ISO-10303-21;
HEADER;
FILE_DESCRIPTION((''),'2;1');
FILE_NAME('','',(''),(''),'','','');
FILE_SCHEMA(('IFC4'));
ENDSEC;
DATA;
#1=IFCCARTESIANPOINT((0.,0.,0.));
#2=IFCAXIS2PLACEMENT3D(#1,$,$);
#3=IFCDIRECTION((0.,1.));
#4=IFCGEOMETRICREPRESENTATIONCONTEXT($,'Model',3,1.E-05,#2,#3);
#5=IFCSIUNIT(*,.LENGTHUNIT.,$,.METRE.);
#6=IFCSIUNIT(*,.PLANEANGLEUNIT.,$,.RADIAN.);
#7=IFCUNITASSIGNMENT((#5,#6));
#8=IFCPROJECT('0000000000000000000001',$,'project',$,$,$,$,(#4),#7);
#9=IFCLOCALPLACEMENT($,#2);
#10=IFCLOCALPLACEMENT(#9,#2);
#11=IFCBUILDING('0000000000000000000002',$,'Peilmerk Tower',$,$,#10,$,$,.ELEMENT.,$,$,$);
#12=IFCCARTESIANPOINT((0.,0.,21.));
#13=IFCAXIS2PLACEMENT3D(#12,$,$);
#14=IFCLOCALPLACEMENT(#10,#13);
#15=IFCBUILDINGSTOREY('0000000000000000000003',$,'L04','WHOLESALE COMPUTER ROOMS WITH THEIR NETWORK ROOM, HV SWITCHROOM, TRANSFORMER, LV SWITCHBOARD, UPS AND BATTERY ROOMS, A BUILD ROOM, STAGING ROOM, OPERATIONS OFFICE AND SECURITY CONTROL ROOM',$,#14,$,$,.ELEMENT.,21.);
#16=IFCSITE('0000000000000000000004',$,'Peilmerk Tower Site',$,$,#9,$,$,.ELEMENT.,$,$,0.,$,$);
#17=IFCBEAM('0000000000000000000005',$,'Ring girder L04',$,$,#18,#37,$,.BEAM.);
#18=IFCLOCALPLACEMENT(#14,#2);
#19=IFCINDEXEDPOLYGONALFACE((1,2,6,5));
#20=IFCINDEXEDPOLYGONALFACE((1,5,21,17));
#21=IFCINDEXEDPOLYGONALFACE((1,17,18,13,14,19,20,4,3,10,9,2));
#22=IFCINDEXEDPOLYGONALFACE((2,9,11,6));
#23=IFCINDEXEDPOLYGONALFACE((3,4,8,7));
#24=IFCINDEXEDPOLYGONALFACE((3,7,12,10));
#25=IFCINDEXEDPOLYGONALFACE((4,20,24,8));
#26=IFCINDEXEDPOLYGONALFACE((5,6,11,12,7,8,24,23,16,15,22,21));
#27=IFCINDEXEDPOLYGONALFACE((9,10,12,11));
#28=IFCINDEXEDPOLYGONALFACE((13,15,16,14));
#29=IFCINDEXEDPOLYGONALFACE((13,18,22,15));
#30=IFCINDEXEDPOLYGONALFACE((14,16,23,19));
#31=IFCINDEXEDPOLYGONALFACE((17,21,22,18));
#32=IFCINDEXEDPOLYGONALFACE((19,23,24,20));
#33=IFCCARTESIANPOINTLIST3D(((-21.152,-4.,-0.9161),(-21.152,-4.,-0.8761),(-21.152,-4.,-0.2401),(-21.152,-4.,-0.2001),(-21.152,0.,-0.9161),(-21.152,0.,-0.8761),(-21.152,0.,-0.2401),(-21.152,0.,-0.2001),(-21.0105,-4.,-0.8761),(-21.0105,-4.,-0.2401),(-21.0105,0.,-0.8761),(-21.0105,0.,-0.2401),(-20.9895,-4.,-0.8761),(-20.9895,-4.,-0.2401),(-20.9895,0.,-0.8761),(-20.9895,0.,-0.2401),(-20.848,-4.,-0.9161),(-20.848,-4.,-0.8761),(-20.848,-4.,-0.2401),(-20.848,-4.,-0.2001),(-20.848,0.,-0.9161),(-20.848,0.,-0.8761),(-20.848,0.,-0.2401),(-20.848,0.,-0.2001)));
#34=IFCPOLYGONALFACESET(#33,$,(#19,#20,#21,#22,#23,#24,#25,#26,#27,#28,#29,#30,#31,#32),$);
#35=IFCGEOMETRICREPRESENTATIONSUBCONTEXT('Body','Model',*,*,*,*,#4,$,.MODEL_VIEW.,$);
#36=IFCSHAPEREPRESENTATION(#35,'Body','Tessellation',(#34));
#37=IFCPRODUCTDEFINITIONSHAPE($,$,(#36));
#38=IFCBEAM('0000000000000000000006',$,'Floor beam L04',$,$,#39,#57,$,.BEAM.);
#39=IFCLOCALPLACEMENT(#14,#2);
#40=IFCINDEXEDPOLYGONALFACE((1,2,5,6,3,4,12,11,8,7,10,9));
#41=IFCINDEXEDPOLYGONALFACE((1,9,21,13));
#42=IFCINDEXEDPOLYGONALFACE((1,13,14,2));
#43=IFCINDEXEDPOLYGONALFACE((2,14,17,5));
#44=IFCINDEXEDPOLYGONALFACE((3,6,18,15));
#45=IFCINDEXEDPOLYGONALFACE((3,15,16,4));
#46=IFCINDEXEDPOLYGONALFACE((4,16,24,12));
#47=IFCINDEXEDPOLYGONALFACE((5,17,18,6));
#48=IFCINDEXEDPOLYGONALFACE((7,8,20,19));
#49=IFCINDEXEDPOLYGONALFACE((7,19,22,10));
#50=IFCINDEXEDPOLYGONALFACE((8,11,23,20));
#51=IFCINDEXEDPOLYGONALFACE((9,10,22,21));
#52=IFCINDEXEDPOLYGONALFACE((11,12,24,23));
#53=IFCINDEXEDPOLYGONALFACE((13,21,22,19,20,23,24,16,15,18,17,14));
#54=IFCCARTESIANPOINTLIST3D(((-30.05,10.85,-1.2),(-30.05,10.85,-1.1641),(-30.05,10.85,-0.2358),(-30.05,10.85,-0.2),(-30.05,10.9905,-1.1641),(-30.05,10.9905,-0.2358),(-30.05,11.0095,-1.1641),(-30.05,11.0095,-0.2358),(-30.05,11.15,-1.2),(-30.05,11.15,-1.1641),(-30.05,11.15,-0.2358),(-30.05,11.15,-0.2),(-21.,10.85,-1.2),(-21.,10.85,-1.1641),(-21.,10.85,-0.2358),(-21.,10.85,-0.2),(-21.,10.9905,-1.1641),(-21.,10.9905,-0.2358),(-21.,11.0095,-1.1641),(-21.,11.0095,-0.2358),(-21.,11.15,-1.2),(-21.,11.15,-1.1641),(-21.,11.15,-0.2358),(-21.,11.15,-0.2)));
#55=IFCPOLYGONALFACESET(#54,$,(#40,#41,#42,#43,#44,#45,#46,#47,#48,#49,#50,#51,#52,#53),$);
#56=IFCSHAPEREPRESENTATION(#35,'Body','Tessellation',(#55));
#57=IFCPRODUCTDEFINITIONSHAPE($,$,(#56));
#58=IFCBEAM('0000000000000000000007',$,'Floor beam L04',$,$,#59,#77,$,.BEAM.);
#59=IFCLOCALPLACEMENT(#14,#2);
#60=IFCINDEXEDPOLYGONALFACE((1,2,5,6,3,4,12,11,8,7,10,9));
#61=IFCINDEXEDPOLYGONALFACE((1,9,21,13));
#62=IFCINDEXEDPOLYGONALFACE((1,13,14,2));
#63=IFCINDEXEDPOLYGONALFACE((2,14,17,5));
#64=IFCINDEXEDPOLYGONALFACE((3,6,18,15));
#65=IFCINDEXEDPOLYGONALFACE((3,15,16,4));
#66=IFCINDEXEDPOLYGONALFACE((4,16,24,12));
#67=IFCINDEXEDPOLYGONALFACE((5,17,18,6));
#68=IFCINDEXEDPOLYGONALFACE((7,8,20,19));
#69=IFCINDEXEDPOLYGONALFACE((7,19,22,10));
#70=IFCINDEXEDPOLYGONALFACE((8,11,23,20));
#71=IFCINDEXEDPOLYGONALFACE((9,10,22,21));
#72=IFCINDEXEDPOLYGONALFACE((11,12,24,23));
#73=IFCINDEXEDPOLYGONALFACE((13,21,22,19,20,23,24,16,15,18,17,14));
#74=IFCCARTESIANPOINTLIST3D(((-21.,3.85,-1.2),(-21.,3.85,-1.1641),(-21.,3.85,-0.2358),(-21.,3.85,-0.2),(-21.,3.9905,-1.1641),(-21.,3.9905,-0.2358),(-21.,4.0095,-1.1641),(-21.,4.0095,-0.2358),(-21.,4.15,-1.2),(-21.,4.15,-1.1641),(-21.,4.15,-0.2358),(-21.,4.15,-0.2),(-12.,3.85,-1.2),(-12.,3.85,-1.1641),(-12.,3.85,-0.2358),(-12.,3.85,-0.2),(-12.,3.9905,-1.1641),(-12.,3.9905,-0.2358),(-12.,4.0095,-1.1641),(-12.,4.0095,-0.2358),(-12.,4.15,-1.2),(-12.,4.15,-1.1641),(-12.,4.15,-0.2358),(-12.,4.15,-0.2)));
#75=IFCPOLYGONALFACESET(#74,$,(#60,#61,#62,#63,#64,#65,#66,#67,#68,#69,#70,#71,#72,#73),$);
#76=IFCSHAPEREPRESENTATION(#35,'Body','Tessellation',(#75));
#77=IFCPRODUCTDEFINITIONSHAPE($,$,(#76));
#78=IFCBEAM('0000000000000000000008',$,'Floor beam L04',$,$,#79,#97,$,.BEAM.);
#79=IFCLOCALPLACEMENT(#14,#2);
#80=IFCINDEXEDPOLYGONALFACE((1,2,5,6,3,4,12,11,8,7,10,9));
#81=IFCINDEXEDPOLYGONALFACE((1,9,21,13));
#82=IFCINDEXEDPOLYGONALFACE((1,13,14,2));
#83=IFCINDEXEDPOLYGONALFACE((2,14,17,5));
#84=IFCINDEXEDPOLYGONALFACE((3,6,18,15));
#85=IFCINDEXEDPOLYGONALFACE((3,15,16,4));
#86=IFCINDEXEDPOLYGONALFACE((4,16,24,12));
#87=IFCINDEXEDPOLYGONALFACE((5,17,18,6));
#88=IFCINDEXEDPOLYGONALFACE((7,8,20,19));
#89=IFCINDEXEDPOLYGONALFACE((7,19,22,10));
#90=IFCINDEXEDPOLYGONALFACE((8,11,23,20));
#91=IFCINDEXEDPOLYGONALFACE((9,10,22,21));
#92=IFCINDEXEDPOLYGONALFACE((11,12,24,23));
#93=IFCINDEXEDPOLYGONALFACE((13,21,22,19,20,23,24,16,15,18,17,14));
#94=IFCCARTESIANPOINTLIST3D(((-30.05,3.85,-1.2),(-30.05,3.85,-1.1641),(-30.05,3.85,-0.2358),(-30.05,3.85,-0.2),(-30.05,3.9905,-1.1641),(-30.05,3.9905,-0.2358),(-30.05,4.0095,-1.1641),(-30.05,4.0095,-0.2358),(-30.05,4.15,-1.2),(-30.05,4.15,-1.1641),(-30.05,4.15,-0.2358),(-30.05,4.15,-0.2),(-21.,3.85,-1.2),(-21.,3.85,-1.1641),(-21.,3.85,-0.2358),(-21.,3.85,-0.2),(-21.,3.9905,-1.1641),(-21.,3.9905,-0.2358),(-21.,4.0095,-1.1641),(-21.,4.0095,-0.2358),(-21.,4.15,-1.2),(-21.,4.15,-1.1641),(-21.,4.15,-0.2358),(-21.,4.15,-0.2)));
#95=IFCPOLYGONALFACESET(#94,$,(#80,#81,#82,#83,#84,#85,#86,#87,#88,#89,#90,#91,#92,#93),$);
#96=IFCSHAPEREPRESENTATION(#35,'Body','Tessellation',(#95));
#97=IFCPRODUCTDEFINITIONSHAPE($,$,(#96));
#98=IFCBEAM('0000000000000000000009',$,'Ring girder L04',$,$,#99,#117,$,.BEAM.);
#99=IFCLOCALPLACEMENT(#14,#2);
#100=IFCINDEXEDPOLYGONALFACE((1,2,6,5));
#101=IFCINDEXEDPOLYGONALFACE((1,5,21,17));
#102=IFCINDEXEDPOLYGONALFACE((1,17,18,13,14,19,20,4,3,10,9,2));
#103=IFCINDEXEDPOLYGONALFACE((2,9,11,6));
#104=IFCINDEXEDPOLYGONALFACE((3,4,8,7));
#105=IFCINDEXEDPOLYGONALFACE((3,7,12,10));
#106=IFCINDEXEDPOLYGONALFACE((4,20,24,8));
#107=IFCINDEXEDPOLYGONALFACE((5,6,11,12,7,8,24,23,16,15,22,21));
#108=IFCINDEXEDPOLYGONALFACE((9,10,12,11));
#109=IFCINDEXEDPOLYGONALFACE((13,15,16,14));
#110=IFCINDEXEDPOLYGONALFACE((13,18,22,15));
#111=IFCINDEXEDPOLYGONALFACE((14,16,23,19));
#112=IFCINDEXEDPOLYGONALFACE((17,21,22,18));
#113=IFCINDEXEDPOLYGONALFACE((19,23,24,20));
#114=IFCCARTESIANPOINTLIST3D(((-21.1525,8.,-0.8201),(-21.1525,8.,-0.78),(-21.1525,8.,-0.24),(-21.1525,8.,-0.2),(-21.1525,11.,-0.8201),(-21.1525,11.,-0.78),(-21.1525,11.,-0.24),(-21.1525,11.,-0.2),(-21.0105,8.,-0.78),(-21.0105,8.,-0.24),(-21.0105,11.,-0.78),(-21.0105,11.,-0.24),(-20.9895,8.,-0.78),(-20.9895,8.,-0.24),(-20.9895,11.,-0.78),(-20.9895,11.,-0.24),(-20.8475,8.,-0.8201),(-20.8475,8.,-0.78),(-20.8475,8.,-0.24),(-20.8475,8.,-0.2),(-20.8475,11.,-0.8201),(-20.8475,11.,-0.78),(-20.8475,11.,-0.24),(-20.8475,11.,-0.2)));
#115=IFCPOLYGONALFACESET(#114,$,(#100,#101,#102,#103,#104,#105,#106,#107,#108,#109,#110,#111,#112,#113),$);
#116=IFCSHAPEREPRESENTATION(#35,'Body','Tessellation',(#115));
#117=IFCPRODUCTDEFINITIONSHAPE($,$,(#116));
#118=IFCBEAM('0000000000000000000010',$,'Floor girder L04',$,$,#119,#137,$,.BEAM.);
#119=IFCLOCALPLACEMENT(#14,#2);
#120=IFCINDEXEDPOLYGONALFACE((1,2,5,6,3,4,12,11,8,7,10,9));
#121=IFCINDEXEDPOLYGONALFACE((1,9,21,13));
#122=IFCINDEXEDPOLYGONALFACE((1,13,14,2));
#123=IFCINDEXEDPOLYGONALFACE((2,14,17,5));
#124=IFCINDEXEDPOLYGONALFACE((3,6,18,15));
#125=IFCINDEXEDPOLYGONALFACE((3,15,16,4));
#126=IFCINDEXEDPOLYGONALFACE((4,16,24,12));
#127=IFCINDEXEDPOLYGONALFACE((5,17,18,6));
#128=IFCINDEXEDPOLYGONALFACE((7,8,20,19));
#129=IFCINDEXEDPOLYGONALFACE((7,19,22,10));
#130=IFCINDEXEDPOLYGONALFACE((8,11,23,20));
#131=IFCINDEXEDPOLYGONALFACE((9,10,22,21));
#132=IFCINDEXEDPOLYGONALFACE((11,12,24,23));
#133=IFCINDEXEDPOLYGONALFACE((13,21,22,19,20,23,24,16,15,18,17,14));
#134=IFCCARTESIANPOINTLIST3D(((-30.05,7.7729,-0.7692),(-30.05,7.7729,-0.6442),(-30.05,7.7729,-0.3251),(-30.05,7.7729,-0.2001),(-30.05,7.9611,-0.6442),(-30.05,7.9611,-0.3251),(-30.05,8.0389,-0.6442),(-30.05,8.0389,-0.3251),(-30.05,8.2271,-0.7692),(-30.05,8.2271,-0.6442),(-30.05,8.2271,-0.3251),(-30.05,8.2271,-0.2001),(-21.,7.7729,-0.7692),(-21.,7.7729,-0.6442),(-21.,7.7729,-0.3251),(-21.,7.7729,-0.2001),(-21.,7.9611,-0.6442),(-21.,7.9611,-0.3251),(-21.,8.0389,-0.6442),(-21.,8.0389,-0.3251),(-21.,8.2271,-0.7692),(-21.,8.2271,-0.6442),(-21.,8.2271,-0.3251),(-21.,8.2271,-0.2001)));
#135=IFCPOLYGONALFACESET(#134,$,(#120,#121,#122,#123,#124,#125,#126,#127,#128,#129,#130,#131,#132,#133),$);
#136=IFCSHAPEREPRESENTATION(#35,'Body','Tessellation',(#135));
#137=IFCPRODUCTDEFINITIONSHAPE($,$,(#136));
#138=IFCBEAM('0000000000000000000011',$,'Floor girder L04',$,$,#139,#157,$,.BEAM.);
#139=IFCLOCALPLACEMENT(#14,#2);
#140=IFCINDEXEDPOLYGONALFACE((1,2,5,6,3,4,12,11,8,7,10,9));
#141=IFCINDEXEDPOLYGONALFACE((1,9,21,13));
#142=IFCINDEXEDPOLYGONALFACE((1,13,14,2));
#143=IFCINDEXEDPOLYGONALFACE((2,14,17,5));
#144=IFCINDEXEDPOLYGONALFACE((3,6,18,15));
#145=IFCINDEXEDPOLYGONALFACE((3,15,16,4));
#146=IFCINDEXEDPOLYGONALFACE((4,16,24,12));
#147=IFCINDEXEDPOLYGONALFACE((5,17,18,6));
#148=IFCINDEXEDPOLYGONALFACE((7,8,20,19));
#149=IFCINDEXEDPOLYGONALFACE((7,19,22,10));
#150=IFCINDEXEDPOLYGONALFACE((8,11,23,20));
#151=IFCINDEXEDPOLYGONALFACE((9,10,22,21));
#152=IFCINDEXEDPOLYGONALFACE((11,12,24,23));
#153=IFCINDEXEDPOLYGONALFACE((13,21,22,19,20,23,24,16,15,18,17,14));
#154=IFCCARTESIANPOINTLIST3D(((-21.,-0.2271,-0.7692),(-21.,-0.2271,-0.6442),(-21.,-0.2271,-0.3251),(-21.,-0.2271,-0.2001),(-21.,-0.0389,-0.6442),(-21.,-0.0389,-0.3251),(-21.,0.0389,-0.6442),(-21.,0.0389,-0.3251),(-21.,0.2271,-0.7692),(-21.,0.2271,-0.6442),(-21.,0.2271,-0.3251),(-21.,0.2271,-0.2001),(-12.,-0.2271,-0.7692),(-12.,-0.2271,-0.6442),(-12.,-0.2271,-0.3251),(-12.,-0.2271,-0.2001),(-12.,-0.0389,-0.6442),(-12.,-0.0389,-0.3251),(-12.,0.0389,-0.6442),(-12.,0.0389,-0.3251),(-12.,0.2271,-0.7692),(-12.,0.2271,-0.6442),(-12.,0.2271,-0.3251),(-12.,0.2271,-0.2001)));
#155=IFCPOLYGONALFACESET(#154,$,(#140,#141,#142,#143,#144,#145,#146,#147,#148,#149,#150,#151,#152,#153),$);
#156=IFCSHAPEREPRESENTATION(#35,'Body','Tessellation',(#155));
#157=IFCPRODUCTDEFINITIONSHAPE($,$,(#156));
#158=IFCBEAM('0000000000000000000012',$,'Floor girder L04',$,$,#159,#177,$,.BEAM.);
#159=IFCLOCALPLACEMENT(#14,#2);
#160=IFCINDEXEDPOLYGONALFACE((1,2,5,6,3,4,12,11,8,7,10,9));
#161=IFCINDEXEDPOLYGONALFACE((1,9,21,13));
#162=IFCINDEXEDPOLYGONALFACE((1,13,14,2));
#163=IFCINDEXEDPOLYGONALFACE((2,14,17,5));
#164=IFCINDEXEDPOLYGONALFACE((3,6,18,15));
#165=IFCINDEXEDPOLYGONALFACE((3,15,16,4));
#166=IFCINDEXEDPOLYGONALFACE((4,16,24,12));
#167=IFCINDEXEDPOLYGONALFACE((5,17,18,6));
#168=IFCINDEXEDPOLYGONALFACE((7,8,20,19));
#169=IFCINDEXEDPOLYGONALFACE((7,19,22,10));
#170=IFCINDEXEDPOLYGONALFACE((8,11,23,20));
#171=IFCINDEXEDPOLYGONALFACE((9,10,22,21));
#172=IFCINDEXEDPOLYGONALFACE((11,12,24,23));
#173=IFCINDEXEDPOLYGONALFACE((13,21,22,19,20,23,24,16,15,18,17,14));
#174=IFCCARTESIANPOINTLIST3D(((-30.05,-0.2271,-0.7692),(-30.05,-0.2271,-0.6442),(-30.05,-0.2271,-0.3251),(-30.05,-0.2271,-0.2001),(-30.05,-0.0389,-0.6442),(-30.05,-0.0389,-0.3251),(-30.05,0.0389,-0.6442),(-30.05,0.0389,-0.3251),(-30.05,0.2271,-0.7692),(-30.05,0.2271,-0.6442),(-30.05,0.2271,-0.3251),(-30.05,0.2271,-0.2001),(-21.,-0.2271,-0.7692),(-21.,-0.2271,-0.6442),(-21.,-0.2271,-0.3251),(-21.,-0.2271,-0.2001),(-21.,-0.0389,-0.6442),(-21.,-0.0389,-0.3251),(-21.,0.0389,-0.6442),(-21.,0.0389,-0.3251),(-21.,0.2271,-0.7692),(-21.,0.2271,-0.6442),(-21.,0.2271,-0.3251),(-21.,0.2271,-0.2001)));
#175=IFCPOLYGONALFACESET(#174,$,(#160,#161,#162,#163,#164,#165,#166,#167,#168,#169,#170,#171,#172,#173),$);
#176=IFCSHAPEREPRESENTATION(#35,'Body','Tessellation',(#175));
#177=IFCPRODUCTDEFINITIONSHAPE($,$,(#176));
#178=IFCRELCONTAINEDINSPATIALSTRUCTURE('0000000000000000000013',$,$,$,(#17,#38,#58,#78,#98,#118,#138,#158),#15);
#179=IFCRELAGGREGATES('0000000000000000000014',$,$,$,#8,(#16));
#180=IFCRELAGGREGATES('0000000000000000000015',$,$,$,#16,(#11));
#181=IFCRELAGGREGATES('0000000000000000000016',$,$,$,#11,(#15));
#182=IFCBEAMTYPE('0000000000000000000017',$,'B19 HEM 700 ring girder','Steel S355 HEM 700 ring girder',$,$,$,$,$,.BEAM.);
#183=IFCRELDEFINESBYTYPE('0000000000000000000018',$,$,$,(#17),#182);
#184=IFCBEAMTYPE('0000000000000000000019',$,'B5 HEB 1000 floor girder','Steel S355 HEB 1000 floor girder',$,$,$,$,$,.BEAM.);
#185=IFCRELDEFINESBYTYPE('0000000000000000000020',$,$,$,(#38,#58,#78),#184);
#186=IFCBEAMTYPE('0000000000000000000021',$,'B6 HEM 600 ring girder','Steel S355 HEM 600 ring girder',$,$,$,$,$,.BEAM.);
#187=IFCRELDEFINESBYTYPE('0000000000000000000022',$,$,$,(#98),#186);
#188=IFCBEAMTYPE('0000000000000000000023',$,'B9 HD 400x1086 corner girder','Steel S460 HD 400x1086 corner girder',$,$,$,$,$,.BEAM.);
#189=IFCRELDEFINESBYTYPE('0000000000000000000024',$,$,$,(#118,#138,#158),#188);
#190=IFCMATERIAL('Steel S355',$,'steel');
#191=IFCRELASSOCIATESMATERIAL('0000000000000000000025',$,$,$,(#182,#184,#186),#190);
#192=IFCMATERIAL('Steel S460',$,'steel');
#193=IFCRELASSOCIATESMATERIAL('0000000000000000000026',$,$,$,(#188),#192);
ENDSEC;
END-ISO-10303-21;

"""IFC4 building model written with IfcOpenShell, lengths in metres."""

from ifc_helpers import new_model, si_unit, direction, frame, origin, origin_2d, place, context, subcontext, project, spatial, i_section, extrude, material, material_profile, profile_set, type_object, element, save


model = new_model("IFC4")

# Units and contexts
model_context = context("Model", 3, precision=1e-05, world=origin(), true_north=direction((0.0, 1.0)))
body_context = subcontext(model_context, "Body", "Model", "MODEL_VIEW")
ifc_project = project(units=[si_unit("LENGTHUNIT", "METRE"), si_unit("PLANEANGLEUNIT", "RADIAN")], contexts=[model_context])

# Site, building, storey
site_placement = place(None, origin())
site = spatial("IfcSite", under=ifc_project, at=site_placement, Name="Peilmerk Tower Site", CompositionType="ELEMENT", RefElevation=0.0)
building_placement = place(site_placement, origin())
building = spatial("IfcBuilding", under=site, at=building_placement, Name="Peilmerk Tower", CompositionType="ELEMENT")
storey_placement = place(building_placement, frame((0.0, 0.0, 21.0)))
storey = spatial("IfcBuildingStorey", under=building, at=storey_placement, Name="L04", Description="WHOLESALE COMPUTER ROOMS WITH THEIR NETWORK ROOM, HV SWITCHROOM, TRANSFORMER, LV SWITCHBOARD, UPS AND BATTERY ROOMS, A BUILD ROOM, STAGING ROOM, OPERATIONS OFFICE AND SECURITY CONTROL ROOM", CompositionType="ELEMENT", Elevation=21.0)

# Beams
ifc_material_1 = material(Name="Steel S355", Category="steel")
ifc_material_profile_1 = material_profile(ifc_material_1, i_section(OverallWidth=0.304, OverallDepth=0.7161, WebThickness=0.021, FlangeThickness=0.04, at=origin_2d()), Name="HEM 700")
ifc_profile_set_1 = profile_set([ifc_material_profile_1], Name="Steel S355")
beam_type_1 = type_object("IfcBeamType", Name="B19 HEM 700 ring girder", Description="Steel S355 HEM 700 ring girder", PredefinedType="BEAM", material=ifc_profile_set_1)
for number, where, z_axis, x_axis, name in (
    (1, (-21.0, 0.0, -0.5581), (0.0, -1.0, 0.0), (1.0, 0.0, 0.0), "Ring girder L04"),
):
    element("IfcBeam", number, at=place(storey_placement, frame(where, z_axis=z_axis, x_axis=x_axis)), inside=storey, type_object=beam_type_1, Name=name, PredefinedType="BEAM", context=body_context, shape_type="SweptSolid", body=[
        extrude(i_section(OverallWidth=0.304, OverallDepth=0.7161, WebThickness=0.021, FlangeThickness=0.04, at=origin_2d()), origin(), (0.0, 0.0, 1.0), 4.0),
    ])
ifc_material_profile_2 = material_profile(ifc_material_1, i_section(OverallWidth=0.3, OverallDepth=1.0, WebThickness=0.019, FlangeThickness=0.0359, at=origin_2d()), Name="HEB 1000")
ifc_profile_set_2 = profile_set([ifc_material_profile_2], Name="Steel S355")
beam_type_2 = type_object("IfcBeamType", Name="B5 HEB 1000 floor girder", Description="Steel S355 HEB 1000 floor girder", PredefinedType="BEAM", material=ifc_profile_set_2)
beam_1_placement = place(storey_placement, frame((-21.0, 11.0, -0.7), z_axis=(-1.0, 0.0, 0.0), x_axis=(0.0, -1.0, 0.0)))
element("IfcBeam", 2, at=beam_1_placement, inside=storey, type_object=beam_type_2, Name="Floor beam L04", PredefinedType="BEAM", context=body_context, shape_type="SweptSolid", body=[
    extrude(i_section(OverallWidth=0.3, OverallDepth=1.0, WebThickness=0.019, FlangeThickness=0.0359, at=origin_2d()), origin(), (0.0, 0.0, 1.0), 9.05),
])
beam_2_placement = place(storey_placement, frame((-12.0, 4.0, -0.7), z_axis=(-1.0, 0.0, 0.0), x_axis=(0.0, -1.0, 0.0)))
element("IfcBeam", 3, at=beam_2_placement, inside=storey, type_object=beam_type_2, Name="Floor beam L04", PredefinedType="BEAM", context=body_context, shape_type="SweptSolid", body=[
    extrude(i_section(OverallWidth=0.3, OverallDepth=1.0, WebThickness=0.019, FlangeThickness=0.0359, at=origin_2d()), origin(), (0.0, 0.0, 1.0), 9.0),
])
beam_3_placement = place(storey_placement, frame((-21.0, 4.0, -0.7), z_axis=(-1.0, 0.0, 0.0), x_axis=(0.0, -1.0, 0.0)))
element("IfcBeam", 4, at=beam_3_placement, inside=storey, type_object=beam_type_2, Name="Floor beam L04", PredefinedType="BEAM", context=body_context, shape_type="SweptSolid", body=[
    extrude(i_section(OverallWidth=0.3, OverallDepth=1.0, WebThickness=0.019, FlangeThickness=0.0359, at=origin_2d()), origin(), (0.0, 0.0, 1.0), 9.05),
])
ifc_material_profile_3 = material_profile(ifc_material_1, i_section(OverallWidth=0.3049, OverallDepth=0.6201, WebThickness=0.021, FlangeThickness=0.04, at=origin_2d()), Name="HEM 600")
ifc_profile_set_3 = profile_set([ifc_material_profile_3], Name="Steel S355")
beam_type_3 = type_object("IfcBeamType", Name="B6 HEM 600 ring girder", Description="Steel S355 HEM 600 ring girder", PredefinedType="BEAM", material=ifc_profile_set_3)
beam_4_placement = place(storey_placement, frame((-21.0, 11.0, -0.51), z_axis=(0.0, -1.0, 0.0), x_axis=(1.0, 0.0, 0.0)))
element("IfcBeam", 5, at=beam_4_placement, inside=storey, type_object=beam_type_3, Name="Ring girder L04", PredefinedType="BEAM", context=body_context, shape_type="SweptSolid", body=[
    extrude(i_section(OverallWidth=0.3049, OverallDepth=0.6201, WebThickness=0.021, FlangeThickness=0.04, at=origin_2d()), origin(), (0.0, 0.0, 1.0), 3.0),
])
ifc_material_2 = material(Name="Steel S460", Category="steel")
ifc_material_profile_4 = material_profile(ifc_material_2, i_section(OverallWidth=0.4541, OverallDepth=0.5691, WebThickness=0.0779, FlangeThickness=0.125, at=origin_2d()), Name="HD 400x1086")
ifc_profile_set_4 = profile_set([ifc_material_profile_4], Name="Steel S460")
beam_type_4 = type_object("IfcBeamType", Name="B9 HD 400x1086 corner girder", Description="Steel S460 HD 400x1086 corner girder", PredefinedType="BEAM", material=ifc_profile_set_4)
beam_5_placement = place(storey_placement, frame((-21.0, 8.0, -0.4846), z_axis=(-1.0, 0.0, 0.0), x_axis=(0.0, -1.0, 0.0)))
element("IfcBeam", 6, at=beam_5_placement, inside=storey, type_object=beam_type_4, Name="Floor girder L04", PredefinedType="BEAM", context=body_context, shape_type="SweptSolid", body=[
    extrude(i_section(OverallWidth=0.4541, OverallDepth=0.5691, WebThickness=0.0779, FlangeThickness=0.125, at=origin_2d()), origin(), (0.0, 0.0, 1.0), 9.05),
])
beam_6_placement = place(storey_placement, frame((-12.0, 0.0, -0.4846), z_axis=(-1.0, 0.0, 0.0), x_axis=(0.0, -1.0, 0.0)))
element("IfcBeam", 7, at=beam_6_placement, inside=storey, type_object=beam_type_4, Name="Floor girder L04", PredefinedType="BEAM", context=body_context, shape_type="SweptSolid", body=[
    extrude(i_section(OverallWidth=0.4541, OverallDepth=0.5691, WebThickness=0.0779, FlangeThickness=0.125, at=origin_2d()), origin(), (0.0, 0.0, 1.0), 9.0),
])
beam_7_placement = place(storey_placement, frame((-21.0, 0.0, -0.4846), z_axis=(-1.0, 0.0, 0.0), x_axis=(0.0, -1.0, 0.0)))
element("IfcBeam", 8, at=beam_7_placement, inside=storey, type_object=beam_type_4, Name="Floor girder L04", PredefinedType="BEAM", context=body_context, shape_type="SweptSolid", body=[
    extrude(i_section(OverallWidth=0.4541, OverallDepth=0.5691, WebThickness=0.0779, FlangeThickness=0.125, at=origin_2d()), origin(), (0.0, 0.0, 1.0), 9.05),
])

save(model, "model.ifc")
